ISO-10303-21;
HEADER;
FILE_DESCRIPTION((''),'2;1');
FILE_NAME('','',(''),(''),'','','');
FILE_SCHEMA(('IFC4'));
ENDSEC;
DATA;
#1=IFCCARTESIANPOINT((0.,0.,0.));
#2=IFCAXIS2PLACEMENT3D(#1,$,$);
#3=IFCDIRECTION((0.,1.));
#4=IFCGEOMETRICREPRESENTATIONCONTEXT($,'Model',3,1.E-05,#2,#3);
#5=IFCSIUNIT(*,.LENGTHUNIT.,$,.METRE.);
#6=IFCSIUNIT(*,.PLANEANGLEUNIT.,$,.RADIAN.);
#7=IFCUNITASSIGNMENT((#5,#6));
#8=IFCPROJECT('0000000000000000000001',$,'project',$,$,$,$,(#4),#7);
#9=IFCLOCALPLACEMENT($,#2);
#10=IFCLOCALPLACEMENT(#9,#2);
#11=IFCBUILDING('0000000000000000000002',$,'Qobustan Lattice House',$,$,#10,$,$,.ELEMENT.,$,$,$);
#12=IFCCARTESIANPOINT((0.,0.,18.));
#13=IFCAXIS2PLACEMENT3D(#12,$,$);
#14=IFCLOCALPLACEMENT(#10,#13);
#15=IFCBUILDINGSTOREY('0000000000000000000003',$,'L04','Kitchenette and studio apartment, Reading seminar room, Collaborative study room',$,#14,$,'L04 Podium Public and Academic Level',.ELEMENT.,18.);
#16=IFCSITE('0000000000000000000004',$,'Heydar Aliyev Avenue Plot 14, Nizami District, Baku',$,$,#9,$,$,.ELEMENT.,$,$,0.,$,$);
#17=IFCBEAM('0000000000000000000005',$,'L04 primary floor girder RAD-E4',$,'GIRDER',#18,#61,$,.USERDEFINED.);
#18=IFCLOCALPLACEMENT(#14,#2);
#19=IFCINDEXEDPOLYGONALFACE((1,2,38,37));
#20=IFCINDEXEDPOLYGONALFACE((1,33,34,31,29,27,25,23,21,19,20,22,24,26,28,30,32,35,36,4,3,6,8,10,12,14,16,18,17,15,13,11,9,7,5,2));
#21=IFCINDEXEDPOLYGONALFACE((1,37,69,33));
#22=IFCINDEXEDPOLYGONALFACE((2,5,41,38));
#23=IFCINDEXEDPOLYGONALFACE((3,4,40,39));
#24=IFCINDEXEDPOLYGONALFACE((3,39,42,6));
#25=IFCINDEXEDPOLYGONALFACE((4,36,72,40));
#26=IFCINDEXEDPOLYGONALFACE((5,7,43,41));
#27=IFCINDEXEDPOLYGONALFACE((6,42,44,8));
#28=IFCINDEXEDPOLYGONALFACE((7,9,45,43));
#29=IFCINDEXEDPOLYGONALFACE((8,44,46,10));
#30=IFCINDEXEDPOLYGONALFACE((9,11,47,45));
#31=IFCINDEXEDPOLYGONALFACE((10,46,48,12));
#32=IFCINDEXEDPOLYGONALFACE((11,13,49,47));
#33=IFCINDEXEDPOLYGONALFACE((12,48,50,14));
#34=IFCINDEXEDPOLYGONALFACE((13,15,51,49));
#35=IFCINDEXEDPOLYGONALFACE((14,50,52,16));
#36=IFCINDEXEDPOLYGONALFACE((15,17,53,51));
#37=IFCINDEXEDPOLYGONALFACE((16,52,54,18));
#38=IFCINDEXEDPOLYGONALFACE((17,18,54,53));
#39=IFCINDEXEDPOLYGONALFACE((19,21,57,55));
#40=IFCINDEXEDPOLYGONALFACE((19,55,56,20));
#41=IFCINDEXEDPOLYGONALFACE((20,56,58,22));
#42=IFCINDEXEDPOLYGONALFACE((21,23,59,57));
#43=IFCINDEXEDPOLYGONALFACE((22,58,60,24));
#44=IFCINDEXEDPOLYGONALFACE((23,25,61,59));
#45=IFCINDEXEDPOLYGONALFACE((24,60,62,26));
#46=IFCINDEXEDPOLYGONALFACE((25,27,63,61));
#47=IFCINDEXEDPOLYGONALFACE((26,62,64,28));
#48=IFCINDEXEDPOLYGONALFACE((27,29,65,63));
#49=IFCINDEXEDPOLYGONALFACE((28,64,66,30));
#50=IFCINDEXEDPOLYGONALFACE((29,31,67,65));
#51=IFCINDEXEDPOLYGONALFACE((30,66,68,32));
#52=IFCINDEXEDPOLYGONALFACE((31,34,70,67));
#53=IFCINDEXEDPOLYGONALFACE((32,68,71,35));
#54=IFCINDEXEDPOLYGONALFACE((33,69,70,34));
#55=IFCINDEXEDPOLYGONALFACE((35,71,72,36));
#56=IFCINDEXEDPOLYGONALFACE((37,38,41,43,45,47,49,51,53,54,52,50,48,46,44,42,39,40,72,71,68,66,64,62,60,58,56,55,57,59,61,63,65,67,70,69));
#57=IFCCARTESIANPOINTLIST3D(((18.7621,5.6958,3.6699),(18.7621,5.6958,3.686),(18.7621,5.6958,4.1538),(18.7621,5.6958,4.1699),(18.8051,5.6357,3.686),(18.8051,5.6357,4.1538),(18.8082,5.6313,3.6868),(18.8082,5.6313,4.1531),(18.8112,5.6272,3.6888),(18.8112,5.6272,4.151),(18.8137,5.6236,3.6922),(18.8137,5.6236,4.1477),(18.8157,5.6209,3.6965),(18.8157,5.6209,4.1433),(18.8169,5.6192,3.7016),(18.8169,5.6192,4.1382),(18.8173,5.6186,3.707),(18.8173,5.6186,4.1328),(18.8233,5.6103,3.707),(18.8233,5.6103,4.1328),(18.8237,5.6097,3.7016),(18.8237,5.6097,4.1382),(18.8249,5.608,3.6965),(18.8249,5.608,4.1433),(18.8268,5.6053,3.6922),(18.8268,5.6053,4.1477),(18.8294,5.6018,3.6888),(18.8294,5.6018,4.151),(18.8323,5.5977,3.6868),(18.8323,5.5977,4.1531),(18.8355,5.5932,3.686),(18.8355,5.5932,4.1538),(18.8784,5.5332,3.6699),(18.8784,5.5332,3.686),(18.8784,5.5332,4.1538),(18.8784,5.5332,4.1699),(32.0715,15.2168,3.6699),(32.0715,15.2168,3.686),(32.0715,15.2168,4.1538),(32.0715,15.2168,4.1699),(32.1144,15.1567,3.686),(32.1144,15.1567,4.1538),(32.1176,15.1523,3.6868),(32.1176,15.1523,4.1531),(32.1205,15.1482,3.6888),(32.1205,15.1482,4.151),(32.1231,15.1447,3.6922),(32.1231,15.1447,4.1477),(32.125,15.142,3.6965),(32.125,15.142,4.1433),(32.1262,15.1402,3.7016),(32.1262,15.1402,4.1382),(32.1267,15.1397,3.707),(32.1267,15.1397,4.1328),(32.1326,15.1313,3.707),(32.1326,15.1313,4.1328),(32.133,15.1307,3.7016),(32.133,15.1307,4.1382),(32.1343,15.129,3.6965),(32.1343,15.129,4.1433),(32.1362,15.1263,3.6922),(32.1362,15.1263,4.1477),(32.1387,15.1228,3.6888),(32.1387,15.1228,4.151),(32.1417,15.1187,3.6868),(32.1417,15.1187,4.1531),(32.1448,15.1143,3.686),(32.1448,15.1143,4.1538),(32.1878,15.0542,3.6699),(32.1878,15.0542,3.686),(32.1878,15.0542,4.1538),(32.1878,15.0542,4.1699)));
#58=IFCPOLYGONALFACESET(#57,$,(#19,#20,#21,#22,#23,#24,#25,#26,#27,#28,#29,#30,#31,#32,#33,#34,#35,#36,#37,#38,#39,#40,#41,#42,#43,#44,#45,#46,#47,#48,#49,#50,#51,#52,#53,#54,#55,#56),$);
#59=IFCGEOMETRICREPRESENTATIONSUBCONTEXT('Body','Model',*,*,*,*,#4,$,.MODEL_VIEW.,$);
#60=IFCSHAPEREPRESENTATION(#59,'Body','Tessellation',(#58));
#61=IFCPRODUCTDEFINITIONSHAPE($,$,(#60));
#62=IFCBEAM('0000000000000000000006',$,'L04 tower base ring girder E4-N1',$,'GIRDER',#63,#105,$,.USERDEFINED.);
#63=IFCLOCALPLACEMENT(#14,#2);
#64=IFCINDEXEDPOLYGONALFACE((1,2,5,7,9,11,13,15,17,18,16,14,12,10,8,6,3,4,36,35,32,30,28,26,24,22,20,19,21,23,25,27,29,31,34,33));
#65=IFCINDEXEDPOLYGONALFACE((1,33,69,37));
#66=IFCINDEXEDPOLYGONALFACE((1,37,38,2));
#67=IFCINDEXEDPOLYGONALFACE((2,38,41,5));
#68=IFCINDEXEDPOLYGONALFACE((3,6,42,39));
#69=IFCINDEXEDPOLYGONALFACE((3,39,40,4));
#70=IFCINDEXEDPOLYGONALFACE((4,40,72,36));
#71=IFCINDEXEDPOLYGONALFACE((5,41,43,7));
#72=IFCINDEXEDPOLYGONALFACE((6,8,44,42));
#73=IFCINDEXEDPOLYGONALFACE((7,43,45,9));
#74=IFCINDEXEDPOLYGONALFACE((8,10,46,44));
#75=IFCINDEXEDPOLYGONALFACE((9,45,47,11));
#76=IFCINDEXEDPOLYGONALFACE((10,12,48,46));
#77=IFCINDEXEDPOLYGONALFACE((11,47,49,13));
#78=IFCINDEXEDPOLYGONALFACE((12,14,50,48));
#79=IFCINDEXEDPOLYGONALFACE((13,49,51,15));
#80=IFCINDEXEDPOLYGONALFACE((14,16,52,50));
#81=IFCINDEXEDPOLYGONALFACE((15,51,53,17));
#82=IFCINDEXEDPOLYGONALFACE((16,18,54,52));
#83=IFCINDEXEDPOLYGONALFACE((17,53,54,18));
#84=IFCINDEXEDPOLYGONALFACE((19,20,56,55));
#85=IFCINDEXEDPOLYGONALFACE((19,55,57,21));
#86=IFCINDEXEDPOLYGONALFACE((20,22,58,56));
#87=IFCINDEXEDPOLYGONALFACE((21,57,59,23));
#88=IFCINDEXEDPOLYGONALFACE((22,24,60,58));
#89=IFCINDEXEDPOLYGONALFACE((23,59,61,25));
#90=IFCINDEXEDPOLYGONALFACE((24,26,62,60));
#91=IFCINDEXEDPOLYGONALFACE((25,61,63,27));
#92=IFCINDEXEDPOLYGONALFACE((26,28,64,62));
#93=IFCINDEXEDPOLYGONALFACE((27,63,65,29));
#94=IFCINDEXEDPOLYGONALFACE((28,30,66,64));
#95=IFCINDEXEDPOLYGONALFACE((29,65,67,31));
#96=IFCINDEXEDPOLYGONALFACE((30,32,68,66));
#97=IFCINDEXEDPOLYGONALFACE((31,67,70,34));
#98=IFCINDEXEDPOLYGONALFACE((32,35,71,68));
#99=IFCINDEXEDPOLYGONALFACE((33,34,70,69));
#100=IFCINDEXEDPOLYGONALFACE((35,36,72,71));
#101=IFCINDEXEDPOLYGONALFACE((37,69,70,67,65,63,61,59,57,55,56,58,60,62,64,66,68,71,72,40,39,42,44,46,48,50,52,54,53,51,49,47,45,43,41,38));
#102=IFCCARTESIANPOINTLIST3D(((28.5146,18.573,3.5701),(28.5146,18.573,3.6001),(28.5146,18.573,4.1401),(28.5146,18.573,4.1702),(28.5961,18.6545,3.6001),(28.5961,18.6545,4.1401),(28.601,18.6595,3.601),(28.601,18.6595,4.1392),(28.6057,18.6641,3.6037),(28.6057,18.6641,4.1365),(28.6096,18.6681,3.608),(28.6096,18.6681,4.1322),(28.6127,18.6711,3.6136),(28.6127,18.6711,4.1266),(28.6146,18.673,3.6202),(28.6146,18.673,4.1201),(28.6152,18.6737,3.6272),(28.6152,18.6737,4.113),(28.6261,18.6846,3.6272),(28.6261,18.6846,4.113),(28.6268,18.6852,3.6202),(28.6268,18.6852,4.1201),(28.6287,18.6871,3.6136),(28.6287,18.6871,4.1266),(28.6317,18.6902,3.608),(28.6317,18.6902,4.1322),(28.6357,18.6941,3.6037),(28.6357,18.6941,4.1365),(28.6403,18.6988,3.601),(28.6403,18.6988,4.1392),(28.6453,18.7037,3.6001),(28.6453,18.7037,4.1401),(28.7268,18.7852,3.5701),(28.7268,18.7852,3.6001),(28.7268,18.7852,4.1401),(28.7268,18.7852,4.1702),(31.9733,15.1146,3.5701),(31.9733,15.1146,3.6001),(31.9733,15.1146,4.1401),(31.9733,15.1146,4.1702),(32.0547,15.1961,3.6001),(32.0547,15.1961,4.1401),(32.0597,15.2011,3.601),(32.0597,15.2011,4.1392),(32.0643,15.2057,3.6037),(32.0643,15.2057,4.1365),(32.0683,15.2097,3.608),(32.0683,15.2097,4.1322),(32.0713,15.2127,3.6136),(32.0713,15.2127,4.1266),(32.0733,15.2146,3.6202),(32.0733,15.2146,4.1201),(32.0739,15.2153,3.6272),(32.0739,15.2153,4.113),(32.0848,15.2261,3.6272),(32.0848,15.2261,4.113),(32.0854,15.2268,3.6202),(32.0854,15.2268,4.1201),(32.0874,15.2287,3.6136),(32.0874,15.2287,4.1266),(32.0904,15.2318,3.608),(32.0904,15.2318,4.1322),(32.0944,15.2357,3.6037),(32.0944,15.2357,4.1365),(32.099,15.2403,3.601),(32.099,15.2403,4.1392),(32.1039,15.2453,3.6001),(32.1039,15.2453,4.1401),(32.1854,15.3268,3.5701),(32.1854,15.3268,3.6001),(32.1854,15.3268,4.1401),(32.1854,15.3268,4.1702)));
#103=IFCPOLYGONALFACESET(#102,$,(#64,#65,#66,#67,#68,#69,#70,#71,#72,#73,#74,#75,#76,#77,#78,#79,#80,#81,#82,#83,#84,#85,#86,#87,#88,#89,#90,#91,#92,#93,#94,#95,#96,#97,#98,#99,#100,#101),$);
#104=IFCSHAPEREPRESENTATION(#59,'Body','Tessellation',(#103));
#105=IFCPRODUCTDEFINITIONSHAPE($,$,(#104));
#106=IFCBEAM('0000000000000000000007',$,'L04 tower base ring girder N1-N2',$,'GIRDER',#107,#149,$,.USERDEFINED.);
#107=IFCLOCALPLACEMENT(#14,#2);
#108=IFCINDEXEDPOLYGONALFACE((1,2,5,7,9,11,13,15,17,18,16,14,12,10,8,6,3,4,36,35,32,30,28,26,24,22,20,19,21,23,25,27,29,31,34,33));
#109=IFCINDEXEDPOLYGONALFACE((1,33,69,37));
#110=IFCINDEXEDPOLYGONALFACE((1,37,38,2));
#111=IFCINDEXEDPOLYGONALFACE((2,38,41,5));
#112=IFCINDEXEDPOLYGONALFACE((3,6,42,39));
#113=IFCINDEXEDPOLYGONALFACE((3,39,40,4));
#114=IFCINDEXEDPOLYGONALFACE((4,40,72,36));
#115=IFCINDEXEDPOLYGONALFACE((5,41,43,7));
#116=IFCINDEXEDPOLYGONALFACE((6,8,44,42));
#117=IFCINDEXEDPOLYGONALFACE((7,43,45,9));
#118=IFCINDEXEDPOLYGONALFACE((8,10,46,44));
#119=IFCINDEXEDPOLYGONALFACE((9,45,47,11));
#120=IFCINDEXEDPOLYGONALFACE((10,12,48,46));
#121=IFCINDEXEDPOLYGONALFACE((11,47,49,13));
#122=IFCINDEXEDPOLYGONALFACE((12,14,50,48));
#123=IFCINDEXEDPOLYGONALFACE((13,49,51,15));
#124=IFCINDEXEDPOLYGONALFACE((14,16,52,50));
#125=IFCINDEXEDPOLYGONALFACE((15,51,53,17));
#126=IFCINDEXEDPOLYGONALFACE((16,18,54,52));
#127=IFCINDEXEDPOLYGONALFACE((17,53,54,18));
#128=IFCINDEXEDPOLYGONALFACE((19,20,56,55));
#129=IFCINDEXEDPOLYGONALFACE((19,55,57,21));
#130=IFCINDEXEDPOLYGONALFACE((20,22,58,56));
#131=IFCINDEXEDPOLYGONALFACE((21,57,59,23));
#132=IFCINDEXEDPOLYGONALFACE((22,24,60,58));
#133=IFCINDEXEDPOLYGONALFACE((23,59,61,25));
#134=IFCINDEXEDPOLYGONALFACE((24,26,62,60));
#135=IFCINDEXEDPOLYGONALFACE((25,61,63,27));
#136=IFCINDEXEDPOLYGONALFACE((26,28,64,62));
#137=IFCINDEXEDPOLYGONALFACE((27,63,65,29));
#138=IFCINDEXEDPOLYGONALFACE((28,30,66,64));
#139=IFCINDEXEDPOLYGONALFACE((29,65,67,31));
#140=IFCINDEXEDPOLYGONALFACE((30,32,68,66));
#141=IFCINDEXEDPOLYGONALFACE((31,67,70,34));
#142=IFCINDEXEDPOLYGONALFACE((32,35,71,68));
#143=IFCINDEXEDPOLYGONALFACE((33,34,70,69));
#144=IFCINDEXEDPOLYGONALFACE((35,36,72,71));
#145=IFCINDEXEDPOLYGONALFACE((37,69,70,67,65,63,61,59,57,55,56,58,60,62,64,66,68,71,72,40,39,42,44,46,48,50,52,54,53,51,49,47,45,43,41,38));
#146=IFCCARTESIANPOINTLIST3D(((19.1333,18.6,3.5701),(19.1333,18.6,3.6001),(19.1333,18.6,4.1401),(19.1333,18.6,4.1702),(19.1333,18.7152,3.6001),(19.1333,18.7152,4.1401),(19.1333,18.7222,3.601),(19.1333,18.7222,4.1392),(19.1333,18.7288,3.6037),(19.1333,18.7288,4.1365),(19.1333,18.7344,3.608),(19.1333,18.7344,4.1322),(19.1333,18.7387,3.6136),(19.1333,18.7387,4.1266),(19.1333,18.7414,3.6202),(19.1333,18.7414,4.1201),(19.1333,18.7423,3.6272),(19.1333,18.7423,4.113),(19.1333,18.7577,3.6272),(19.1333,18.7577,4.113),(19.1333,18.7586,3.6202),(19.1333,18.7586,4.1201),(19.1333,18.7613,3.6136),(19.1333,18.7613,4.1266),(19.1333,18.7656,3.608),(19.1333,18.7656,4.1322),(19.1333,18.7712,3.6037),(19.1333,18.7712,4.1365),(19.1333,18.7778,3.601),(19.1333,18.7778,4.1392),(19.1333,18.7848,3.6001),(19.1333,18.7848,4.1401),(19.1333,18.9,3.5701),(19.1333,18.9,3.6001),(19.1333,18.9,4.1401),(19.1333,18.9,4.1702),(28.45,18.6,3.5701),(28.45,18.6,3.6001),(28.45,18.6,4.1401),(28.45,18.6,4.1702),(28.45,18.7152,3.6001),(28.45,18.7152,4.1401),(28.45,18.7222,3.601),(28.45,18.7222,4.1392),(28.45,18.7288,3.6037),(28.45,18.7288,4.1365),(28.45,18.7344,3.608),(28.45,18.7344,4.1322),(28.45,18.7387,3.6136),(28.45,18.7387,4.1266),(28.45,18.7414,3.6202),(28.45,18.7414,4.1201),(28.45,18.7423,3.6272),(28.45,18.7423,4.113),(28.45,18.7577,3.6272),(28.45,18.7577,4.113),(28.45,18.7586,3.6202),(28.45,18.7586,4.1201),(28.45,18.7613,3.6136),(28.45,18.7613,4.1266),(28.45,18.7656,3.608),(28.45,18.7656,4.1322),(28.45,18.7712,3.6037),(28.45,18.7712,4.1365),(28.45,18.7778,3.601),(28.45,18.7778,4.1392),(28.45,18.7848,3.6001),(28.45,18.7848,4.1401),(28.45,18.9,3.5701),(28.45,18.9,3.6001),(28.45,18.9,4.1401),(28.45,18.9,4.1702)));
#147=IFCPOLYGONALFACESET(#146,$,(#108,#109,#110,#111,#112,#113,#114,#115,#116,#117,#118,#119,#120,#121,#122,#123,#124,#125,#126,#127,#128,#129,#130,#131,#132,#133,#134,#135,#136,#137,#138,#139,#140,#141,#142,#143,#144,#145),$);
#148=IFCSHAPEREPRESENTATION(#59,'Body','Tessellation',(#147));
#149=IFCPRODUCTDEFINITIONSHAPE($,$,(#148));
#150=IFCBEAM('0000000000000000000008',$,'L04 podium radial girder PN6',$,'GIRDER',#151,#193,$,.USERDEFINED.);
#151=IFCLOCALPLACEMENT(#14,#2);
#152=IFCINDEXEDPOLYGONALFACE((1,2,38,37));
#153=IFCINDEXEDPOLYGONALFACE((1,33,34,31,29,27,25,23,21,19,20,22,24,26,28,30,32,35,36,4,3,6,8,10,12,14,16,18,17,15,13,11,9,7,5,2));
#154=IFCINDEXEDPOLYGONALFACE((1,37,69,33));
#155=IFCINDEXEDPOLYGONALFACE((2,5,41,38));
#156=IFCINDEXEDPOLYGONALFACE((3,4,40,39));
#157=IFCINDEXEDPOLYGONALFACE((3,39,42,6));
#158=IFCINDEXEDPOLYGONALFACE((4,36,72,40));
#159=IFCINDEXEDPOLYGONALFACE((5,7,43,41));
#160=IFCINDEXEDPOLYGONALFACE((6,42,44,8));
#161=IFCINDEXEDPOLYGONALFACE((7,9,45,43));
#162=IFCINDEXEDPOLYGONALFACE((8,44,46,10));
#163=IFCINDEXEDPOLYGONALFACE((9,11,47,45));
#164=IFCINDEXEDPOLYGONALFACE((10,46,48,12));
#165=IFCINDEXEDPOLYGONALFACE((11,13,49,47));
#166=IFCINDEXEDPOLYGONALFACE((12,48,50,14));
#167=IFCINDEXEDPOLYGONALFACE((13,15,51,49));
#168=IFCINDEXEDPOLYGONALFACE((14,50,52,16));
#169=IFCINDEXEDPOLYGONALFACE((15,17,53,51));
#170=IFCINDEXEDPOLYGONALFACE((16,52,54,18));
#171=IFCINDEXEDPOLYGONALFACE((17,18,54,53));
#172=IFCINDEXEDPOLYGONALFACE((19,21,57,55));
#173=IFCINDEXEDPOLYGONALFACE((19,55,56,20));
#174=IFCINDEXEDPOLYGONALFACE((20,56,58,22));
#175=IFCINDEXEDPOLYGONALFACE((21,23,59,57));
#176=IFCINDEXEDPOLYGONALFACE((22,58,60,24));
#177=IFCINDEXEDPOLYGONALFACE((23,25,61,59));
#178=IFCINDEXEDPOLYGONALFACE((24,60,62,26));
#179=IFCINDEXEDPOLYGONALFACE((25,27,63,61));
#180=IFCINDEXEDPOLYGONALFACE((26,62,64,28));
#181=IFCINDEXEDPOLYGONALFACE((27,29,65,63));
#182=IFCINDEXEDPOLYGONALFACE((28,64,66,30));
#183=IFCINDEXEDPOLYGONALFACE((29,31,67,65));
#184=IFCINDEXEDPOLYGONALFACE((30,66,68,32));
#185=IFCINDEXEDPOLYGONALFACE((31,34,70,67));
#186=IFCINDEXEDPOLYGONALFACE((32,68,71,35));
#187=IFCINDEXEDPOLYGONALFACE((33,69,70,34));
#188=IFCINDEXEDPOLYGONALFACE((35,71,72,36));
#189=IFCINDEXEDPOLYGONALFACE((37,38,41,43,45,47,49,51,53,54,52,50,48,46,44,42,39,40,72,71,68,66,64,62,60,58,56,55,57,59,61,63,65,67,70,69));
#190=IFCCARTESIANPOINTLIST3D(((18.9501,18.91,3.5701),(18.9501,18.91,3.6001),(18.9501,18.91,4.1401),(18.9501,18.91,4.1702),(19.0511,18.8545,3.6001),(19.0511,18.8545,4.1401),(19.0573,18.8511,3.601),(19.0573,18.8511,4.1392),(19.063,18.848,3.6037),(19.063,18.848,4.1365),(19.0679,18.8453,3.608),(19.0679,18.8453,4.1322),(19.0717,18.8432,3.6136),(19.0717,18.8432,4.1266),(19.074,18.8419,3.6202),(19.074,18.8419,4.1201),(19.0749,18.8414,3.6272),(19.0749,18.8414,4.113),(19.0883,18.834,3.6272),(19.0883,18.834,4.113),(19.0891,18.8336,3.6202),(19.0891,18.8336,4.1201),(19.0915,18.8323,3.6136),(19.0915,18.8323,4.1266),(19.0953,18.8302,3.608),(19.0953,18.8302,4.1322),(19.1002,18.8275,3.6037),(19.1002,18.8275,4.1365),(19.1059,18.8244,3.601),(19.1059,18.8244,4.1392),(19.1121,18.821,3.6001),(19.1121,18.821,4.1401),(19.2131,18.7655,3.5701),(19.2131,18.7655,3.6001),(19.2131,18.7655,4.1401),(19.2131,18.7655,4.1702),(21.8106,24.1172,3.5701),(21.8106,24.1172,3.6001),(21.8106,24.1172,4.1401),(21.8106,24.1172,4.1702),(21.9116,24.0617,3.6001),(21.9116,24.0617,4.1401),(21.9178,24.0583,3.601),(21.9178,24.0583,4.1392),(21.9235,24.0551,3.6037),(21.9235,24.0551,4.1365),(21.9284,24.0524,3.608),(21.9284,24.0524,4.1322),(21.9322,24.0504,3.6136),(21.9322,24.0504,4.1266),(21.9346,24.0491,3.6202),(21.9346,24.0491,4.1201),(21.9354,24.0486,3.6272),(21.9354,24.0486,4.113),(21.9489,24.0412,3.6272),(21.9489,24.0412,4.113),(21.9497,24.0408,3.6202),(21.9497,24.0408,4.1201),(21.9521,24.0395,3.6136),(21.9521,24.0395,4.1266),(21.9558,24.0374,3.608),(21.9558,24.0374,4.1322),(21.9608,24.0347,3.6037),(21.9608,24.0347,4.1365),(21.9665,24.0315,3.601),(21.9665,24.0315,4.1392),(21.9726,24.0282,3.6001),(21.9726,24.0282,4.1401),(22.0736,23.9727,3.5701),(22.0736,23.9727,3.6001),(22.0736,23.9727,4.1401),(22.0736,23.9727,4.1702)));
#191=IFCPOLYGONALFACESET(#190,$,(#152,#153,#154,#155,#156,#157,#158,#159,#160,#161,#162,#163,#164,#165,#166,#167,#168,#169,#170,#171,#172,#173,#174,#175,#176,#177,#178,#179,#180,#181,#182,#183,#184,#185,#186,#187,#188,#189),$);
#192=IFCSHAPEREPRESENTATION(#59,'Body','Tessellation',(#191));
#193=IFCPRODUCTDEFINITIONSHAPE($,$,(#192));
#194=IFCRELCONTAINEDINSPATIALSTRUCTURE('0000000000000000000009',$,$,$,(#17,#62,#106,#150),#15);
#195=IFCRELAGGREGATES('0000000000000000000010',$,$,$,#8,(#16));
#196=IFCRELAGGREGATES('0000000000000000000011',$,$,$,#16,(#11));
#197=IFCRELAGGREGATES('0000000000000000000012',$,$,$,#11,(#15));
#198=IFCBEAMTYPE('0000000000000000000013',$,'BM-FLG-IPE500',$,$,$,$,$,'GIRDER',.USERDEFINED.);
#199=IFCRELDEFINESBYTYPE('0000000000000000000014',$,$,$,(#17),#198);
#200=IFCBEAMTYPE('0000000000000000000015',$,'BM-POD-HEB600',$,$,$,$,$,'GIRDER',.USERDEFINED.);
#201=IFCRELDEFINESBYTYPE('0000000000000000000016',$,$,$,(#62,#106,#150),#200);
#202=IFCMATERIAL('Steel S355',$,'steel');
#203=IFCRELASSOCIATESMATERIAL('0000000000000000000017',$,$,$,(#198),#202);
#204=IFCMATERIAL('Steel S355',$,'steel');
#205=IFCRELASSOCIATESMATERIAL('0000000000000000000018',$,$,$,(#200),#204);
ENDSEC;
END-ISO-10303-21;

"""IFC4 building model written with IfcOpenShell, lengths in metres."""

from ifc_helpers import new_model, si_unit, direction, frame, origin, origin_2d, place, context, subcontext, project, spatial, i_section, extrude, material, material_profile, profile_set, type_object, element, save


model = new_model("IFC4")

# Units and contexts
model_context = context("Model", 3, precision=1e-05, world=origin(), true_north=direction((0.0, 1.0)))
body_context = subcontext(model_context, "Body", "Model", "MODEL_VIEW")
ifc_project = project(units=[si_unit("LENGTHUNIT", "METRE"), si_unit("PLANEANGLEUNIT", "RADIAN")], contexts=[model_context])

# Site, building, storey
site_placement = place(None, origin())
site = spatial("IfcSite", under=ifc_project, at=site_placement, Name="Heydar Aliyev Avenue Plot 14, Nizami District, Baku", CompositionType="ELEMENT", RefElevation=0.0)
building_placement = place(site_placement, origin())
building = spatial("IfcBuilding", under=site, at=building_placement, Name="Qobustan Lattice House", CompositionType="ELEMENT")
storey_placement = place(building_placement, frame((0.0, 0.0, 18.0)))
storey = spatial("IfcBuildingStorey", under=building, at=storey_placement, Name="L04", Description="Kitchenette and studio apartment, Reading seminar room, Collaborative study room", LongName="L04 Podium Public and Academic Level", CompositionType="ELEMENT", Elevation=18.0)

# Beams
ifc_material_1 = material(Name="Steel S355", Category="steel")
ifc_material_profile_1 = material_profile(ifc_material_1, i_section(OverallWidth=0.2, OverallDepth=0.5, WebThickness=0.0103, FlangeThickness=0.0161, FilletRadius=0.021, at=origin_2d()), Name="IPE500")
ifc_profile_set_1 = profile_set([ifc_material_profile_1], Name="Steel S355")
beam_type_1 = type_object("IfcBeamType", Name="BM-FLG-IPE500", ElementType="GIRDER", PredefinedType="USERDEFINED", material=ifc_profile_set_1)
beam_1_placement = place(storey_placement, frame((32.1296, 15.1355, 3.9199), z_axis=(-0.813319, -0.581818, 0.0), x_axis=(0.581818, -0.813319, 0.0)))
element("IfcBeam", 1, at=beam_1_placement, inside=storey, type_object=beam_type_1, Name="L04 primary floor girder RAD-E4", ObjectType="GIRDER", PredefinedType="USERDEFINED", context=body_context, shape_type="SweptSolid", body=[
    extrude(i_section(OverallWidth=0.2, OverallDepth=0.5, WebThickness=0.0103, FlangeThickness=0.0161, FilletRadius=0.021, at=origin_2d()), origin(), (0.0, 0.0, 1.0), 16.3643),
])
ifc_material_2 = material(Name="Steel S355", Category="steel")
ifc_material_profile_2 = material_profile(ifc_material_2, i_section(OverallWidth=0.3, OverallDepth=0.6001, WebThickness=0.0154, FlangeThickness=0.03, FilletRadius=0.0271, at=origin_2d()), Name="HEB600")
ifc_profile_set_2 = profile_set([ifc_material_profile_2], Name="Steel S355")
beam_type_2 = type_object("IfcBeamType", Name="BM-POD-HEB600", ElementType="GIRDER", PredefinedType="USERDEFINED", material=ifc_profile_set_2)
beam_2_placement = place(storey_placement, frame((32.0793, 15.2207, 3.8701), z_axis=(-0.707132, 0.707082, 0.0), x_axis=(-0.707082, -0.707132, 0.0)))
element("IfcBeam", 2, at=beam_2_placement, inside=storey, type_object=beam_type_2, Name="L04 tower base ring girder E4-N1", ObjectType="GIRDER", PredefinedType="USERDEFINED", context=body_context, shape_type="SweptSolid", body=[
    extrude(i_section(OverallWidth=0.3, OverallDepth=0.6001, WebThickness=0.0154, FlangeThickness=0.03, FilletRadius=0.0271, at=origin_2d()), origin(), (0.0, 0.0, 1.0), 4.8911),
])
beam_3_placement = place(storey_placement, frame((28.45, 18.75, 3.8701), z_axis=(-1.0, 0.0, 0.0), x_axis=(0.0, -1.0, 0.0)))
element("IfcBeam", 3, at=beam_3_placement, inside=storey, type_object=beam_type_2, Name="L04 tower base ring girder N1-N2", ObjectType="GIRDER", PredefinedType="USERDEFINED", context=body_context, shape_type="SweptSolid", body=[
    extrude(i_section(OverallWidth=0.3, OverallDepth=0.6001, WebThickness=0.0154, FlangeThickness=0.03, FilletRadius=0.0271, at=origin_2d()), origin(), (0.0, 0.0, 1.0), 9.3167),
])
beam_4_placement = place(storey_placement, frame((21.9421, 24.0449, 3.8701), z_axis=(-0.481479, -0.876458, 0.0), x_axis=(0.876458, -0.481479, 0.0)))
element("IfcBeam", 4, at=beam_4_placement, inside=storey, type_object=beam_type_2, Name="L04 podium radial girder PN6", ObjectType="GIRDER", PredefinedType="USERDEFINED", context=body_context, shape_type="SweptSolid", body=[
    extrude(i_section(OverallWidth=0.3, OverallDepth=0.6001, WebThickness=0.0154, FlangeThickness=0.03, FilletRadius=0.0271, at=origin_2d()), origin(), (0.0, 0.0, 1.0), 5.9412),
])

save(model, "model.ifc")
